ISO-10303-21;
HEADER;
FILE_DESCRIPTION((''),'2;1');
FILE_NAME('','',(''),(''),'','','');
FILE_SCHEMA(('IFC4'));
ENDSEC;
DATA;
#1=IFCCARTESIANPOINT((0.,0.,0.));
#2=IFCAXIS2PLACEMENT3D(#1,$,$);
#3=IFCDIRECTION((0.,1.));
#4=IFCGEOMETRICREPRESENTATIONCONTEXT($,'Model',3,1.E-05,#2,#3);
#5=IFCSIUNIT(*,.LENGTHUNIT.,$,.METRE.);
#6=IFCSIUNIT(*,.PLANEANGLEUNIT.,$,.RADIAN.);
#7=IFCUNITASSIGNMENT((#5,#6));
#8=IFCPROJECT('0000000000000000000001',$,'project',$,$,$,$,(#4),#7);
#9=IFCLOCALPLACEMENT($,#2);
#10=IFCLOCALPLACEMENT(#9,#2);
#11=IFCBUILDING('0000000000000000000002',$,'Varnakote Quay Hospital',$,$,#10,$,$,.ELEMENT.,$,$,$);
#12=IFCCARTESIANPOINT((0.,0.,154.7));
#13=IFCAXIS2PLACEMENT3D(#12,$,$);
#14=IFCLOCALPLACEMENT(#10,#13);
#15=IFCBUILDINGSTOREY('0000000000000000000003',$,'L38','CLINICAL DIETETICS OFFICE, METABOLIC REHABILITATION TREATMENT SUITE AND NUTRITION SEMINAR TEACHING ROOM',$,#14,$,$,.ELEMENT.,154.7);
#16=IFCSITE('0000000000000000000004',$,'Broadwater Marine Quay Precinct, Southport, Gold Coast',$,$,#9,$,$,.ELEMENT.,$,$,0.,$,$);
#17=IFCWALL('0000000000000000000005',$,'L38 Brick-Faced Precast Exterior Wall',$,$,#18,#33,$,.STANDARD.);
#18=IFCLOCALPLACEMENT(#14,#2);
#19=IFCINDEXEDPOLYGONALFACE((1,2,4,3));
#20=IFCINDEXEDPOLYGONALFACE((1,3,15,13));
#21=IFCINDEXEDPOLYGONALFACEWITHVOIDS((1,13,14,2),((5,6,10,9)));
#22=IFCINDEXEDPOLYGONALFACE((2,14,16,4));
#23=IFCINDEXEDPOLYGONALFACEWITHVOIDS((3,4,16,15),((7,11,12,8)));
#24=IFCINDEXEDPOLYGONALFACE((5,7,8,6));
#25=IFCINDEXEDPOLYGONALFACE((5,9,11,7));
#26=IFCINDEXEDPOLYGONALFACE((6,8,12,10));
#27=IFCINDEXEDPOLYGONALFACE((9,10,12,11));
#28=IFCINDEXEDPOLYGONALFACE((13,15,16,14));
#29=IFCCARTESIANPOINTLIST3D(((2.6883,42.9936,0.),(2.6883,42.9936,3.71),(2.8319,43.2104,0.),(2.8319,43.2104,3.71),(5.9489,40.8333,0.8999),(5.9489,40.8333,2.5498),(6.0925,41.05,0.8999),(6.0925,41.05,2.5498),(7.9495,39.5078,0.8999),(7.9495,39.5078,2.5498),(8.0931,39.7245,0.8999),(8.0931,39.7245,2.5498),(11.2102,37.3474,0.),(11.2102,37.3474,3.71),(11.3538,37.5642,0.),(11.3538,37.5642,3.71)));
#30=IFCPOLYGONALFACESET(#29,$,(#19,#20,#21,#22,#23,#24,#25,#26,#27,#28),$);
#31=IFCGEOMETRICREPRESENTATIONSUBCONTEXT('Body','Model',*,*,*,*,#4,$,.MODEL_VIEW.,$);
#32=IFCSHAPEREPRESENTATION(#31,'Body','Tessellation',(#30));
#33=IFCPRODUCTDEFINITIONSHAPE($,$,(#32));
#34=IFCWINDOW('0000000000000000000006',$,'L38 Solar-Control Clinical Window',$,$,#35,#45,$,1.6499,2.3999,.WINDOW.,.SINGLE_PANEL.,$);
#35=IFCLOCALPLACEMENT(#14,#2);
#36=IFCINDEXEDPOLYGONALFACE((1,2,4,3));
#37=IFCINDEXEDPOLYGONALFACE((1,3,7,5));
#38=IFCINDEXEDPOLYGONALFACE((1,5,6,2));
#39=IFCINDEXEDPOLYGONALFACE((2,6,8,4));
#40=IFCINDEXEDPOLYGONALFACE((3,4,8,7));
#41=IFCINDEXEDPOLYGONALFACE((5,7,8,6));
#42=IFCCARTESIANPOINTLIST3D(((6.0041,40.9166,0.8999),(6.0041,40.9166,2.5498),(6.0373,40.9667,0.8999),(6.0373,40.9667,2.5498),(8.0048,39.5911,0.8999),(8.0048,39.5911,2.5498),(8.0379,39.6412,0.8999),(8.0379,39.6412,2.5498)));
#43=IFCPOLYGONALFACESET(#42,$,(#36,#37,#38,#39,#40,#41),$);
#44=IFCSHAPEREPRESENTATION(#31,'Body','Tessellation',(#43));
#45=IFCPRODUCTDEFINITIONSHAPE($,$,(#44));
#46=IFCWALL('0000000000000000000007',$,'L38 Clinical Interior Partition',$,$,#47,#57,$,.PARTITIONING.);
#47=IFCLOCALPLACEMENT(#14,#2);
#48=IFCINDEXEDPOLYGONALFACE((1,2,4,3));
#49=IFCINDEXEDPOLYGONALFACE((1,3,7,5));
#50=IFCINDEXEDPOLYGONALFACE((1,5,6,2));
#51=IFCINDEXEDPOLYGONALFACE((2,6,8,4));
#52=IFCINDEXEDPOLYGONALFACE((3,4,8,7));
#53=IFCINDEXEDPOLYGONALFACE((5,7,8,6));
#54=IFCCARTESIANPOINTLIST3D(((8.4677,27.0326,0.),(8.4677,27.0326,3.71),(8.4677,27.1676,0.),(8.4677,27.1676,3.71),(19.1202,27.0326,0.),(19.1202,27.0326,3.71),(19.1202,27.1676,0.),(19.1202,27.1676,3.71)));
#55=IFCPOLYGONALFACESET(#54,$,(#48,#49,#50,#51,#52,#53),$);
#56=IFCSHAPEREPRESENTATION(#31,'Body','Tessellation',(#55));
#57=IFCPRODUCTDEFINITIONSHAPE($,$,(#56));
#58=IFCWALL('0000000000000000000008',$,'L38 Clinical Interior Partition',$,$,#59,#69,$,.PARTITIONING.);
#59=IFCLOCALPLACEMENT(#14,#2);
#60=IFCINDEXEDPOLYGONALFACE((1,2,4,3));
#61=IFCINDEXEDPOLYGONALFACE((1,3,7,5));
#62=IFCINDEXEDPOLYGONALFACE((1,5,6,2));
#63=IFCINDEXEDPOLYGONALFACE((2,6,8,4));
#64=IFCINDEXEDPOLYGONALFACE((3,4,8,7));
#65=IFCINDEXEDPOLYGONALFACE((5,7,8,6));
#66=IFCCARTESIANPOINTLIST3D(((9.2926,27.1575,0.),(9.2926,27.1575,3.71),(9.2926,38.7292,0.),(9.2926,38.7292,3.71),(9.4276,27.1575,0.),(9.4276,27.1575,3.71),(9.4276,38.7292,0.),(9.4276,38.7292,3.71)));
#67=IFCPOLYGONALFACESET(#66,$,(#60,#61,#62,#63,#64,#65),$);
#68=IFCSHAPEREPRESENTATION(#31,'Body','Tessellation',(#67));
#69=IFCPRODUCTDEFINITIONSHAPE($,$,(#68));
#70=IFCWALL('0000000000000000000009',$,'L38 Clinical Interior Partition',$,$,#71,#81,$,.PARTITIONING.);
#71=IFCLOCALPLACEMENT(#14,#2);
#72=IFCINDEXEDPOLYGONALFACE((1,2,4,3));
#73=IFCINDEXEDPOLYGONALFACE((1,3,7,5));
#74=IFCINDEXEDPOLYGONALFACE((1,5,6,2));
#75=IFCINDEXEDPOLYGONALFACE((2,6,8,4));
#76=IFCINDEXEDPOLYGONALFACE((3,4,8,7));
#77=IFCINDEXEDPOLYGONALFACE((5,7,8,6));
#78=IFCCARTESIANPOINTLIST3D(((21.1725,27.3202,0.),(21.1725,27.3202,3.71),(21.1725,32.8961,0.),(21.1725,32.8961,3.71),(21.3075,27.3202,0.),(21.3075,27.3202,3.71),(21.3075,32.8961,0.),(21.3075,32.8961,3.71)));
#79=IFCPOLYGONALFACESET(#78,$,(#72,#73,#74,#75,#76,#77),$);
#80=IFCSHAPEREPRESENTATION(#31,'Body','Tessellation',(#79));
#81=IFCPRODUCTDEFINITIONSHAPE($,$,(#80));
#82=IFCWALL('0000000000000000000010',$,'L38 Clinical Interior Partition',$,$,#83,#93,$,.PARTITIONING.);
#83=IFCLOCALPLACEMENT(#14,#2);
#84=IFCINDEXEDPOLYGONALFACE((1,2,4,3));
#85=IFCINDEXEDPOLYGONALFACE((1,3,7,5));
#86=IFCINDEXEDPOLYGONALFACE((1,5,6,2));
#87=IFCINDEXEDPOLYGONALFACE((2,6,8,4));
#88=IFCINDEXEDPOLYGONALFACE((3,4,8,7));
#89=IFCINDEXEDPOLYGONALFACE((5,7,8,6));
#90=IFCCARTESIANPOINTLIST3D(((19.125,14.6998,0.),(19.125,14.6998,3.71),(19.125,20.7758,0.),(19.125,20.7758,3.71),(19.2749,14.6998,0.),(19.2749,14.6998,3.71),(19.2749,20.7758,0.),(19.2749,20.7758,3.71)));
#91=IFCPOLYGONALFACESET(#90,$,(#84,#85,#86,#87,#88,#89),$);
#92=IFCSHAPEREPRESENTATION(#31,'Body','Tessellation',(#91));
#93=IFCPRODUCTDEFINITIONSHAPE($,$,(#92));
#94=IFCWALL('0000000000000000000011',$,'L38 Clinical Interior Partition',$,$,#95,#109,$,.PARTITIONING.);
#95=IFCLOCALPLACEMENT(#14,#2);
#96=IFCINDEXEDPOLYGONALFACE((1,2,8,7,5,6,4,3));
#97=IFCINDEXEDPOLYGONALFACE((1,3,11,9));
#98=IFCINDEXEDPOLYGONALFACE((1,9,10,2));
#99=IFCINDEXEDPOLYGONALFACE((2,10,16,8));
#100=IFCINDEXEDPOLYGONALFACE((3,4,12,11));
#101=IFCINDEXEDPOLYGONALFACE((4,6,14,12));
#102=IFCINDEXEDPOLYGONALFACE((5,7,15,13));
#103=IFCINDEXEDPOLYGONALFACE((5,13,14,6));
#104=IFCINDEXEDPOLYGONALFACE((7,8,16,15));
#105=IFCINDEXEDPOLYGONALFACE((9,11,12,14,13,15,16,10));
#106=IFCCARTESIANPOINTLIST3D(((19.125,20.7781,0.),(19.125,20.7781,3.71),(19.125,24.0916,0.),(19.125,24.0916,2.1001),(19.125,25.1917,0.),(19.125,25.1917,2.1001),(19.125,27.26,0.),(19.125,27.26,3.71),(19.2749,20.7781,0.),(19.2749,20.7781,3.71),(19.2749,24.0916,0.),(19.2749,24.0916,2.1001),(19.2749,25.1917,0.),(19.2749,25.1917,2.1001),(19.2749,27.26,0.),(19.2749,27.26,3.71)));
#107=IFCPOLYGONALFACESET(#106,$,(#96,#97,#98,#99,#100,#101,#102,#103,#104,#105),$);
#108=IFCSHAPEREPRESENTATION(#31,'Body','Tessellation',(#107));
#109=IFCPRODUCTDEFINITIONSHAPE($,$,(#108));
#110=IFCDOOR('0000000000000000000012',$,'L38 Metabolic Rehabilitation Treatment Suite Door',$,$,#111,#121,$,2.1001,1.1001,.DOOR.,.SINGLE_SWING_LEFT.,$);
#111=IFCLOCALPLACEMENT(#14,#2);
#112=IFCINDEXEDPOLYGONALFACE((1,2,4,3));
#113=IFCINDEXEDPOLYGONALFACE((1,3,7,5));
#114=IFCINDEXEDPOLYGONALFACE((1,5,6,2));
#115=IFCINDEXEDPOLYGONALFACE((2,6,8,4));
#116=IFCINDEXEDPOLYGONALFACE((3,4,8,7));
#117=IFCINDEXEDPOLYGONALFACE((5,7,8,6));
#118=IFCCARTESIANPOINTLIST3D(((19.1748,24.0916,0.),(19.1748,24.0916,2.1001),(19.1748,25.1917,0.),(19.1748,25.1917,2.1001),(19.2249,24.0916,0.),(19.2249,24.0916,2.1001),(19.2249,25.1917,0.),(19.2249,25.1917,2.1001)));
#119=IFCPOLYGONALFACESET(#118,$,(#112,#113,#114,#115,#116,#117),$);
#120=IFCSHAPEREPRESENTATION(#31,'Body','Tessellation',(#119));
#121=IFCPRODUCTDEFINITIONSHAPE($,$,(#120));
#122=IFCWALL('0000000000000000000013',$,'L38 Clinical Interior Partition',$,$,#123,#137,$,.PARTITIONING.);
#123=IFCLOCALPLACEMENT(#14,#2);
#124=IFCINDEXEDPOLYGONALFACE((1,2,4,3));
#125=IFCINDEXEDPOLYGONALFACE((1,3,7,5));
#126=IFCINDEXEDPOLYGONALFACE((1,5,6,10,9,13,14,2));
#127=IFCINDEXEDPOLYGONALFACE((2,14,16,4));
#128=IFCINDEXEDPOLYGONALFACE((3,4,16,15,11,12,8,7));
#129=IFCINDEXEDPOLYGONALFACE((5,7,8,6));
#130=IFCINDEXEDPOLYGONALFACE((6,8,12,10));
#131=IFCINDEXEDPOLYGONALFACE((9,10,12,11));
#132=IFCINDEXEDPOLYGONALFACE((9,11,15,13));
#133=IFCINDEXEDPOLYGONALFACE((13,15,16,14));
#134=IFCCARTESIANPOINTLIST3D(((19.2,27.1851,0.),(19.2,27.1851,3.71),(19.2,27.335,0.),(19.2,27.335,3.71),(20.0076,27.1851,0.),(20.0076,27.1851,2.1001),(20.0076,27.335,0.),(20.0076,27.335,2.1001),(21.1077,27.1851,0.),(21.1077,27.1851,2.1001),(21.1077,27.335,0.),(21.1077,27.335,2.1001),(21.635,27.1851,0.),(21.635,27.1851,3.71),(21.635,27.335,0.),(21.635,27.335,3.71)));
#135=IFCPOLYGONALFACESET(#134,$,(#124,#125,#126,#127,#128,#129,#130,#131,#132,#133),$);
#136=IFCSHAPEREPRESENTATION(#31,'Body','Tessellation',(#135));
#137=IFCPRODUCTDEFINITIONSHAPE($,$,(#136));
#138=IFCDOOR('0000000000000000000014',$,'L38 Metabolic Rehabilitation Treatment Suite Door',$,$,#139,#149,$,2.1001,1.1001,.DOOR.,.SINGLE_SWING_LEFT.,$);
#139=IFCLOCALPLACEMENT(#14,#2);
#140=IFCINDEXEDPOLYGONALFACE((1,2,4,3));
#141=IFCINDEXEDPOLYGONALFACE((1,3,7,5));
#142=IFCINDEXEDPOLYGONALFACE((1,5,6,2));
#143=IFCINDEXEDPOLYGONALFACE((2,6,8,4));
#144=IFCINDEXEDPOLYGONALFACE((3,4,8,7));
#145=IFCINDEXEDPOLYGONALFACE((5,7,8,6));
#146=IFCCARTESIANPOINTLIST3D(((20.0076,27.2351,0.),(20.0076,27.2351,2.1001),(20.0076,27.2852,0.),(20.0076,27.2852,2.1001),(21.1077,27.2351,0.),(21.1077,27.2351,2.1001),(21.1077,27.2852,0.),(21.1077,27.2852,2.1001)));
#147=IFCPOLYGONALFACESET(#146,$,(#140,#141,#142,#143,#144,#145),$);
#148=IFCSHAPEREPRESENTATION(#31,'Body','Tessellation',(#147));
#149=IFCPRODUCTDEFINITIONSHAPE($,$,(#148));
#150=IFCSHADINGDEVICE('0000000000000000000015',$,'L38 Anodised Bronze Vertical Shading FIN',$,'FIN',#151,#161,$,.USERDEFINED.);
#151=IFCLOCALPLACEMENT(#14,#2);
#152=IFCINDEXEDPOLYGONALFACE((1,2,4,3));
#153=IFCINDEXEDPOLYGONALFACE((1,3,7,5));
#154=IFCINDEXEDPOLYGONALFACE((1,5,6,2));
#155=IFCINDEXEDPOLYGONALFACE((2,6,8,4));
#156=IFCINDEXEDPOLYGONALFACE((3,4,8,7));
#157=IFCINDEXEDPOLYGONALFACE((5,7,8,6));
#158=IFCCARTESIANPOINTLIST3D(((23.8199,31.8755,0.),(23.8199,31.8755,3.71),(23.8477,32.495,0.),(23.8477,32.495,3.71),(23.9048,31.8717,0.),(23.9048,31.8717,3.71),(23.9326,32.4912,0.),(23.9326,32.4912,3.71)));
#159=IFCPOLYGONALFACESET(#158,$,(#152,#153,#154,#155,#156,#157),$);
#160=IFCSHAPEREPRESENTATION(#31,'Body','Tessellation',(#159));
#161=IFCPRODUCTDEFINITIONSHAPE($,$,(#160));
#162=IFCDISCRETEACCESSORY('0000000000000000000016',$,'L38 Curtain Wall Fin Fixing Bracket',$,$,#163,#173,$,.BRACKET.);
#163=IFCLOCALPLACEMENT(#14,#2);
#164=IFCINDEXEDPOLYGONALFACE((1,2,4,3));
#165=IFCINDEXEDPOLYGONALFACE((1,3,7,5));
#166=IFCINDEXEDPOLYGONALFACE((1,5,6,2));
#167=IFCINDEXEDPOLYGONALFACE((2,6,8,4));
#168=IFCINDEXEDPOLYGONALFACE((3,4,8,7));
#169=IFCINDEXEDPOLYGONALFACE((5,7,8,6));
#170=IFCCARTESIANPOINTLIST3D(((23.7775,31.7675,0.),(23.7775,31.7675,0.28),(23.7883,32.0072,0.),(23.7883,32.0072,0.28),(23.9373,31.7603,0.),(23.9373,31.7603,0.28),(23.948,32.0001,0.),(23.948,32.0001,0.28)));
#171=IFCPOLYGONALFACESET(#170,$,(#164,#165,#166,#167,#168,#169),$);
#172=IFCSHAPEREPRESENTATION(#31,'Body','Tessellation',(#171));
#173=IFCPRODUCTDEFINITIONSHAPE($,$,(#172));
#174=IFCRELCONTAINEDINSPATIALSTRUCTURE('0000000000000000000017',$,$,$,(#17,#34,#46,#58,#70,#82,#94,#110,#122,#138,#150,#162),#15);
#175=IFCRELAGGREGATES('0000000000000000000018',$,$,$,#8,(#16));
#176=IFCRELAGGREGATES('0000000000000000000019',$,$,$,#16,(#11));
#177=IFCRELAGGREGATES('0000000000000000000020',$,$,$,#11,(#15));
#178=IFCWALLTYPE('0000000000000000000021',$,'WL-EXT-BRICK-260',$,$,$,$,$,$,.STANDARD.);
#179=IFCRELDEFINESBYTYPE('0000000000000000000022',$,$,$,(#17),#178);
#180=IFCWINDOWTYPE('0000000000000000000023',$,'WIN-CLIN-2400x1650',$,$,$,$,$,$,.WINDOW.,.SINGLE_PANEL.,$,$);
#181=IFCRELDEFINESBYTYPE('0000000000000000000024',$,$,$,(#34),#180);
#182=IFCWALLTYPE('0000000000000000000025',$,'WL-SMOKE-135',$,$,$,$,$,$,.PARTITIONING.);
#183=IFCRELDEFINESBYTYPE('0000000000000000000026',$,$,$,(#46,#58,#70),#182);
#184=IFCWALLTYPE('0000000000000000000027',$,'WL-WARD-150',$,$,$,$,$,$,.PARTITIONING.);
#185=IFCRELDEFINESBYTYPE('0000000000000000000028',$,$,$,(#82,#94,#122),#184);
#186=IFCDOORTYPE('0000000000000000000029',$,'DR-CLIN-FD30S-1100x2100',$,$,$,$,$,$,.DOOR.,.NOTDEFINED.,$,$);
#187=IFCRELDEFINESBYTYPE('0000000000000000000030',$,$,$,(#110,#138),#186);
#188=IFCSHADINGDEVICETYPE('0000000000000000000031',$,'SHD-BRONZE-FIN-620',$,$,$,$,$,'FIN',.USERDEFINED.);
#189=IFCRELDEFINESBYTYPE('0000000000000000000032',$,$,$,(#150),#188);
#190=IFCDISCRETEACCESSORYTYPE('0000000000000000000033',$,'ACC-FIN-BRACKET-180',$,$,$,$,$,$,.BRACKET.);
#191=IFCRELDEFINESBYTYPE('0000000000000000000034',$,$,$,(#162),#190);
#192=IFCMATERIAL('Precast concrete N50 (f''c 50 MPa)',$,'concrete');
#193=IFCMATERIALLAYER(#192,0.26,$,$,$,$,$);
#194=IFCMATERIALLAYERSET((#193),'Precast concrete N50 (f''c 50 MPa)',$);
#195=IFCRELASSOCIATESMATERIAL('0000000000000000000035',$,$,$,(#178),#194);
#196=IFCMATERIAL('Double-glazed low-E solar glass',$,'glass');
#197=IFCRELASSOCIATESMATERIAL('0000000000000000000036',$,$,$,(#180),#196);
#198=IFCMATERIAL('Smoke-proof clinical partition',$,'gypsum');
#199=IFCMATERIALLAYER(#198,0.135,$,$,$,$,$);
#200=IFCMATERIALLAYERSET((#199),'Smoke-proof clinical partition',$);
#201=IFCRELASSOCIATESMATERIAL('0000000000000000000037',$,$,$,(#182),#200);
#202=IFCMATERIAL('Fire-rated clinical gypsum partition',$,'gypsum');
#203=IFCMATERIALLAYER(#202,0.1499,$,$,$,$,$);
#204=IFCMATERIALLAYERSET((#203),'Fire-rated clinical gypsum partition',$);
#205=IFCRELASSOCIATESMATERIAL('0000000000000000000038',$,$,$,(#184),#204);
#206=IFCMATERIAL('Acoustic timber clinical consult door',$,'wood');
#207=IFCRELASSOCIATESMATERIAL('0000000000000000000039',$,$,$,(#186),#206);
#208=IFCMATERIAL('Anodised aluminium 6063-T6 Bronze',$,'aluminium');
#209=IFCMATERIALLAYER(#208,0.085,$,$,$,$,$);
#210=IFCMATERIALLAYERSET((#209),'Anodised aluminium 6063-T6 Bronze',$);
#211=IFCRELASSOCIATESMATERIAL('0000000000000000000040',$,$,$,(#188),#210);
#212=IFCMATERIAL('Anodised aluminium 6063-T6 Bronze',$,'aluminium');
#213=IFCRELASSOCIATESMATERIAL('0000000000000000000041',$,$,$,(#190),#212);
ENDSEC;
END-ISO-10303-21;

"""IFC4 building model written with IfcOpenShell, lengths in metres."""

from ifc_helpers import new_model, si_unit, direction, frame, frame_2d, origin, origin_2d, place, context, subcontext, project, spatial, rectangle, extrude, material, layer, layer_set, type_object, element, fill, save


model = new_model("IFC4")

# Units and contexts
model_context = context("Model", 3, precision=1e-05, world=origin(), true_north=direction((0.0, 1.0)))
body_context = subcontext(model_context, "Body", "Model", "MODEL_VIEW")
ifc_project = project(units=[si_unit("LENGTHUNIT", "METRE"), si_unit("PLANEANGLEUNIT", "RADIAN")], contexts=[model_context])

# Site, building, storey
site_placement = place(None, origin())
site = spatial("IfcSite", under=ifc_project, at=site_placement, Name="Broadwater Marine Quay Precinct, Southport, Gold Coast", CompositionType="ELEMENT", RefElevation=0.0)
building_placement = place(site_placement, origin())
building = spatial("IfcBuilding", under=site, at=building_placement, Name="Varnakote Quay Hospital", CompositionType="ELEMENT")
storey_placement = place(building_placement, frame((0.0, 0.0, 154.7)))
storey = spatial("IfcBuildingStorey", under=building, at=storey_placement, Name="L38", Description="CLINICAL DIETETICS OFFICE, METABOLIC REHABILITATION TREATMENT SUITE AND NUTRITION SEMINAR TEACHING ROOM", CompositionType="ELEMENT", Elevation=154.7)

# Wall, opening, window
ifc_material_1 = material(Name="Precast concrete N50 (f'c 50 MPa)", Category="concrete")
ifc_layer_1 = layer(ifc_material_1, 0.26)
ifc_layer_set_1 = layer_set([ifc_layer_1], Name="Precast concrete N50 (f'c 50 MPa)")
wall_type_1 = type_object("IfcWallType", Name="WL-EXT-BRICK-260", PredefinedType="STANDARD", material=ifc_layer_set_1)
ifc_material_2 = material(Name="Double-glazed low-E solar glass", Category="glass")
window_type = type_object("IfcWindowType", Name="WIN-CLIN-2400x1650", PartitioningType="SINGLE_PANEL", PredefinedType="WINDOW", material=ifc_material_2)
wall_1_placement = place(storey_placement, frame((11.282, 37.4558, 0.0), z_axis=(0.0, 0.0, 1.0), x_axis=(-0.83363, 0.552323, 0.0)))
wall_1 = element("IfcWall", 1, at=wall_1_placement, inside=storey, type_object=wall_type_1, Name="L38 Brick-Faced Precast Exterior Wall", PredefinedType="STANDARD", context=body_context, shape_type="SweptSolid", body=[
    extrude(rectangle(XDim=10.2227, YDim=0.26, at=frame_2d((5.1113, 0.0))), origin(), (0.0, 0.0, 1.0), 3.71),
])
opening_1_placement = place(wall_1_placement, frame((3.9114, 0.0, 0.8999)))
opening_1 = element("IfcOpeningElement", 2, at=opening_1_placement, cuts=wall_1, PredefinedType="OPENING", context=body_context, shape_type="SweptSolid", body=[
    extrude(rectangle(XDim=2.3999, YDim=1.6499, at=frame_2d((1.2, 0.825))), frame((0.0, 0.1399, 0.0), z_axis=(0.0, -1.0, 0.0), x_axis=(1.0, 0.0, 0.0)), (0.0, 0.0, 1.0), 0.28),
])
window_1_placement = place(opening_1_placement, origin())
window_1 = element("IfcWindow", 3, at=window_1_placement, inside=storey, type_object=window_type, Name="L38 Solar-Control Clinical Window", OverallHeight=1.6499, OverallWidth=2.3999, PartitioningType="SINGLE_PANEL", PredefinedType="WINDOW", context=body_context, shape_type="SweptSolid", body=[
    extrude(rectangle(XDim=2.3999, YDim=1.6499, at=frame_2d((1.2, 0.825))), frame((0.0, 0.03, 0.0), z_axis=(0.0, -1.0, 0.0), x_axis=(1.0, 0.0, 0.0)), (0.0, 0.0, 1.0), 0.0601),
])
fill(opening_1, window_1)

# Walls
ifc_material_3 = material(Name="Smoke-proof clinical partition", Category="gypsum")
ifc_layer_2 = layer(ifc_material_3, 0.135)
ifc_layer_set_2 = layer_set([ifc_layer_2], Name="Smoke-proof clinical partition")
wall_type_2 = type_object("IfcWallType", Name="WL-SMOKE-135", PredefinedType="PARTITIONING", material=ifc_layer_set_2)
wall_2_placement = place(storey_placement, frame((19.1201, 27.1001, 0.0), z_axis=(0.0, 0.0, 1.0), x_axis=(-1.0, 0.0, 0.0)))
element("IfcWall", 4, at=wall_2_placement, inside=storey, type_object=wall_type_2, Name="L38 Clinical Interior Partition", PredefinedType="PARTITIONING", context=body_context, shape_type="SweptSolid", body=[
    extrude(rectangle(XDim=10.6526, YDim=0.135, at=frame_2d((5.3262, 0.0))), origin(), (0.0, 0.0, 1.0), 3.71),
])
wall_3_placement = place(storey_placement, frame((9.3601, 27.1575, 0.0), z_axis=(0.0, 0.0, 1.0), x_axis=(0.0, 1.0, 0.0)))
element("IfcWall", 5, at=wall_3_placement, inside=storey, type_object=wall_type_2, Name="L38 Clinical Interior Partition", PredefinedType="PARTITIONING", context=body_context, shape_type="SweptSolid", body=[
    extrude(rectangle(XDim=11.5718, YDim=0.135, at=frame_2d((5.7859, 0.0))), origin(), (0.0, 0.0, 1.0), 3.71),
])
wall_4_placement = place(storey_placement, frame((21.24, 27.3201, 0.0), z_axis=(0.0, 0.0, 1.0), x_axis=(0.0, 1.0, 0.0)))
element("IfcWall", 6, at=wall_4_placement, inside=storey, type_object=wall_type_2, Name="L38 Clinical Interior Partition", PredefinedType="PARTITIONING", context=body_context, shape_type="SweptSolid", body=[
    extrude(rectangle(XDim=5.5759, YDim=0.135, at=frame_2d((2.7881, 0.0))), origin(), (0.0, 0.0, 1.0), 3.71),
])
ifc_material_4 = material(Name="Fire-rated clinical gypsum partition", Category="gypsum")
ifc_layer_3 = layer(ifc_material_4, 0.1499)
ifc_layer_set_3 = layer_set([ifc_layer_3], Name="Fire-rated clinical gypsum partition")
wall_type_3 = type_object("IfcWallType", Name="WL-WARD-150", PredefinedType="PARTITIONING", material=ifc_layer_set_3)
wall_5_placement = place(storey_placement, frame((19.2, 20.7759, 0.0), z_axis=(0.0, 0.0, 1.0), x_axis=(0.0, -1.0, 0.0)))
element("IfcWall", 7, at=wall_5_placement, inside=storey, type_object=wall_type_3, Name="L38 Clinical Interior Partition", PredefinedType="PARTITIONING", context=body_context, shape_type="SweptSolid", body=[
    extrude(rectangle(XDim=6.0759, YDim=0.1499, at=frame_2d((3.0381, 0.0))), origin(), (0.0, 0.0, 1.0), 3.71),
])

# Walls, openings, doors
wall_6_placement = place(storey_placement, frame((19.2, 27.26, 0.0), z_axis=(0.0, 0.0, 1.0), x_axis=(0.0, -1.0, 0.0)))
wall_6 = element("IfcWall", 8, at=wall_6_placement, inside=storey, type_object=wall_type_3, Name="L38 Clinical Interior Partition", PredefinedType="PARTITIONING", context=body_context, shape_type="SweptSolid", body=[
    extrude(rectangle(XDim=6.4819, YDim=0.1499, at=frame_2d((3.241, 0.0))), origin(), (0.0, 0.0, 1.0), 3.71),
])
opening_2_placement = place(wall_6_placement, frame((2.0684, 0.0, 0.0)))
opening_2 = element("IfcOpeningElement", 9, at=opening_2_placement, cuts=wall_6, PredefinedType="OPENING", context=body_context, shape_type="SweptSolid", body=[
    extrude(rectangle(XDim=1.1001, YDim=2.1001, at=frame_2d((0.55, 1.05))), frame((0.0, 0.085, 0.0), z_axis=(0.0, -1.0, 0.0), x_axis=(1.0, 0.0, 0.0)), (0.0, 0.0, 1.0), 0.1699),
])
ifc_material_5 = material(Name="Acoustic timber clinical consult door", Category="wood")
door_type = type_object("IfcDoorType", Name="DR-CLIN-FD30S-1100x2100", OperationType="NOTDEFINED", PredefinedType="DOOR", material=ifc_material_5)
door_1_placement = place(opening_2_placement, origin())
door_1 = element("IfcDoor", 10, at=door_1_placement, inside=storey, type_object=door_type, Name="L38 Metabolic Rehabilitation Treatment Suite Door", OperationType="SINGLE_SWING_LEFT", OverallHeight=2.1001, OverallWidth=1.1001, PredefinedType="DOOR", context=body_context, shape_type="SweptSolid", body=[
    extrude(rectangle(XDim=1.1001, YDim=2.1001, at=frame_2d((0.55, 1.05))), frame((0.0, 0.0249, 0.0), z_axis=(0.0, -1.0, 0.0), x_axis=(1.0, 0.0, 0.0)), (0.0, 0.0, 1.0), 0.05),
])
fill(opening_2, door_1)
wall_7_placement = place(storey_placement, frame((21.635, 27.26, 0.0), z_axis=(0.0, 0.0, 1.0), x_axis=(-1.0, 0.0, 0.0)))
wall_7 = element("IfcWall", 11, at=wall_7_placement, inside=storey, type_object=wall_type_3, Name="L38 Clinical Interior Partition", PredefinedType="PARTITIONING", context=body_context, shape_type="SweptSolid", body=[
    extrude(rectangle(XDim=2.4351, YDim=0.1499, at=frame_2d((1.2175, 0.0))), origin(), (0.0, 0.0, 1.0), 3.71),
])
opening_3_placement = place(wall_7_placement, frame((0.5273, 0.0, 0.0)))
opening_3 = element("IfcOpeningElement", 12, at=opening_3_placement, cuts=wall_7, PredefinedType="OPENING", context=body_context, shape_type="SweptSolid", body=[
    extrude(rectangle(XDim=1.1001, YDim=2.1001, at=frame_2d((0.55, 1.05))), frame((0.0, 0.085, 0.0), z_axis=(0.0, -1.0, 0.0), x_axis=(1.0, 0.0, 0.0)), (0.0, 0.0, 1.0), 0.1699),
])
door_2_placement = place(opening_3_placement, origin())
door_2 = element("IfcDoor", 13, at=door_2_placement, inside=storey, type_object=door_type, Name="L38 Metabolic Rehabilitation Treatment Suite Door", OperationType="SINGLE_SWING_LEFT", OverallHeight=2.1001, OverallWidth=1.1001, PredefinedType="DOOR", context=body_context, shape_type="SweptSolid", body=[
    extrude(rectangle(XDim=1.1001, YDim=2.1001, at=frame_2d((0.55, 1.05))), frame((0.0, 0.0249, 0.0), z_axis=(0.0, -1.0, 0.0), x_axis=(1.0, 0.0, 0.0)), (0.0, 0.0, 1.0), 0.05),
])
fill(opening_3, door_2)

# Shading device
ifc_material_6 = material(Name="Anodised aluminium 6063-T6 Bronze", Category="aluminium")
ifc_layer_4 = layer(ifc_material_6, 0.085)
ifc_layer_set_4 = layer_set([ifc_layer_4], Name="Anodised aluminium 6063-T6 Bronze")
shading_device_type = type_object("IfcShadingDeviceType", Name="SHD-BRONZE-FIN-620", ElementType="FIN", PredefinedType="USERDEFINED", material=ifc_layer_set_4)
shading_device_placement = place(storey_placement, frame((23.8762, 32.1833, 0.0), z_axis=(0.0, 0.0, 1.0), x_axis=(-0.04484, -0.998994, 0.0)))
element("IfcShadingDevice", 14, at=shading_device_placement, inside=storey, type_object=shading_device_type, Name="L38 Anodised Bronze Vertical Shading FIN", ObjectType="FIN", PredefinedType="USERDEFINED", context=body_context, shape_type="SweptSolid", body=[
    extrude(rectangle(XDim=0.6201, YDim=0.085, at=origin_2d()), origin(), (0.0, 0.0, 1.0), 3.71),
])

# Discrete accessory
ifc_material_7 = material(Name="Anodised aluminium 6063-T6 Bronze", Category="aluminium")
discrete_accessory_type = type_object("IfcDiscreteAccessoryType", Name="ACC-FIN-BRACKET-180", PredefinedType="BRACKET", material=ifc_material_7)
discrete_accessory_placement = place(storey_placement, frame((23.8628, 31.8838, 0.0), z_axis=(0.0, 0.0, 1.0), x_axis=(-0.998994, 0.04484, 0.0)))
element("IfcDiscreteAccessory", 15, at=discrete_accessory_placement, inside=storey, type_object=discrete_accessory_type, Name="L38 Curtain Wall Fin Fixing Bracket", PredefinedType="BRACKET", context=body_context, shape_type="SweptSolid", body=[
    extrude(rectangle(XDim=0.1599, YDim=0.24, at=origin_2d()), origin(), (0.0, 0.0, 1.0), 0.28),
])

save(model, "model.ifc")
